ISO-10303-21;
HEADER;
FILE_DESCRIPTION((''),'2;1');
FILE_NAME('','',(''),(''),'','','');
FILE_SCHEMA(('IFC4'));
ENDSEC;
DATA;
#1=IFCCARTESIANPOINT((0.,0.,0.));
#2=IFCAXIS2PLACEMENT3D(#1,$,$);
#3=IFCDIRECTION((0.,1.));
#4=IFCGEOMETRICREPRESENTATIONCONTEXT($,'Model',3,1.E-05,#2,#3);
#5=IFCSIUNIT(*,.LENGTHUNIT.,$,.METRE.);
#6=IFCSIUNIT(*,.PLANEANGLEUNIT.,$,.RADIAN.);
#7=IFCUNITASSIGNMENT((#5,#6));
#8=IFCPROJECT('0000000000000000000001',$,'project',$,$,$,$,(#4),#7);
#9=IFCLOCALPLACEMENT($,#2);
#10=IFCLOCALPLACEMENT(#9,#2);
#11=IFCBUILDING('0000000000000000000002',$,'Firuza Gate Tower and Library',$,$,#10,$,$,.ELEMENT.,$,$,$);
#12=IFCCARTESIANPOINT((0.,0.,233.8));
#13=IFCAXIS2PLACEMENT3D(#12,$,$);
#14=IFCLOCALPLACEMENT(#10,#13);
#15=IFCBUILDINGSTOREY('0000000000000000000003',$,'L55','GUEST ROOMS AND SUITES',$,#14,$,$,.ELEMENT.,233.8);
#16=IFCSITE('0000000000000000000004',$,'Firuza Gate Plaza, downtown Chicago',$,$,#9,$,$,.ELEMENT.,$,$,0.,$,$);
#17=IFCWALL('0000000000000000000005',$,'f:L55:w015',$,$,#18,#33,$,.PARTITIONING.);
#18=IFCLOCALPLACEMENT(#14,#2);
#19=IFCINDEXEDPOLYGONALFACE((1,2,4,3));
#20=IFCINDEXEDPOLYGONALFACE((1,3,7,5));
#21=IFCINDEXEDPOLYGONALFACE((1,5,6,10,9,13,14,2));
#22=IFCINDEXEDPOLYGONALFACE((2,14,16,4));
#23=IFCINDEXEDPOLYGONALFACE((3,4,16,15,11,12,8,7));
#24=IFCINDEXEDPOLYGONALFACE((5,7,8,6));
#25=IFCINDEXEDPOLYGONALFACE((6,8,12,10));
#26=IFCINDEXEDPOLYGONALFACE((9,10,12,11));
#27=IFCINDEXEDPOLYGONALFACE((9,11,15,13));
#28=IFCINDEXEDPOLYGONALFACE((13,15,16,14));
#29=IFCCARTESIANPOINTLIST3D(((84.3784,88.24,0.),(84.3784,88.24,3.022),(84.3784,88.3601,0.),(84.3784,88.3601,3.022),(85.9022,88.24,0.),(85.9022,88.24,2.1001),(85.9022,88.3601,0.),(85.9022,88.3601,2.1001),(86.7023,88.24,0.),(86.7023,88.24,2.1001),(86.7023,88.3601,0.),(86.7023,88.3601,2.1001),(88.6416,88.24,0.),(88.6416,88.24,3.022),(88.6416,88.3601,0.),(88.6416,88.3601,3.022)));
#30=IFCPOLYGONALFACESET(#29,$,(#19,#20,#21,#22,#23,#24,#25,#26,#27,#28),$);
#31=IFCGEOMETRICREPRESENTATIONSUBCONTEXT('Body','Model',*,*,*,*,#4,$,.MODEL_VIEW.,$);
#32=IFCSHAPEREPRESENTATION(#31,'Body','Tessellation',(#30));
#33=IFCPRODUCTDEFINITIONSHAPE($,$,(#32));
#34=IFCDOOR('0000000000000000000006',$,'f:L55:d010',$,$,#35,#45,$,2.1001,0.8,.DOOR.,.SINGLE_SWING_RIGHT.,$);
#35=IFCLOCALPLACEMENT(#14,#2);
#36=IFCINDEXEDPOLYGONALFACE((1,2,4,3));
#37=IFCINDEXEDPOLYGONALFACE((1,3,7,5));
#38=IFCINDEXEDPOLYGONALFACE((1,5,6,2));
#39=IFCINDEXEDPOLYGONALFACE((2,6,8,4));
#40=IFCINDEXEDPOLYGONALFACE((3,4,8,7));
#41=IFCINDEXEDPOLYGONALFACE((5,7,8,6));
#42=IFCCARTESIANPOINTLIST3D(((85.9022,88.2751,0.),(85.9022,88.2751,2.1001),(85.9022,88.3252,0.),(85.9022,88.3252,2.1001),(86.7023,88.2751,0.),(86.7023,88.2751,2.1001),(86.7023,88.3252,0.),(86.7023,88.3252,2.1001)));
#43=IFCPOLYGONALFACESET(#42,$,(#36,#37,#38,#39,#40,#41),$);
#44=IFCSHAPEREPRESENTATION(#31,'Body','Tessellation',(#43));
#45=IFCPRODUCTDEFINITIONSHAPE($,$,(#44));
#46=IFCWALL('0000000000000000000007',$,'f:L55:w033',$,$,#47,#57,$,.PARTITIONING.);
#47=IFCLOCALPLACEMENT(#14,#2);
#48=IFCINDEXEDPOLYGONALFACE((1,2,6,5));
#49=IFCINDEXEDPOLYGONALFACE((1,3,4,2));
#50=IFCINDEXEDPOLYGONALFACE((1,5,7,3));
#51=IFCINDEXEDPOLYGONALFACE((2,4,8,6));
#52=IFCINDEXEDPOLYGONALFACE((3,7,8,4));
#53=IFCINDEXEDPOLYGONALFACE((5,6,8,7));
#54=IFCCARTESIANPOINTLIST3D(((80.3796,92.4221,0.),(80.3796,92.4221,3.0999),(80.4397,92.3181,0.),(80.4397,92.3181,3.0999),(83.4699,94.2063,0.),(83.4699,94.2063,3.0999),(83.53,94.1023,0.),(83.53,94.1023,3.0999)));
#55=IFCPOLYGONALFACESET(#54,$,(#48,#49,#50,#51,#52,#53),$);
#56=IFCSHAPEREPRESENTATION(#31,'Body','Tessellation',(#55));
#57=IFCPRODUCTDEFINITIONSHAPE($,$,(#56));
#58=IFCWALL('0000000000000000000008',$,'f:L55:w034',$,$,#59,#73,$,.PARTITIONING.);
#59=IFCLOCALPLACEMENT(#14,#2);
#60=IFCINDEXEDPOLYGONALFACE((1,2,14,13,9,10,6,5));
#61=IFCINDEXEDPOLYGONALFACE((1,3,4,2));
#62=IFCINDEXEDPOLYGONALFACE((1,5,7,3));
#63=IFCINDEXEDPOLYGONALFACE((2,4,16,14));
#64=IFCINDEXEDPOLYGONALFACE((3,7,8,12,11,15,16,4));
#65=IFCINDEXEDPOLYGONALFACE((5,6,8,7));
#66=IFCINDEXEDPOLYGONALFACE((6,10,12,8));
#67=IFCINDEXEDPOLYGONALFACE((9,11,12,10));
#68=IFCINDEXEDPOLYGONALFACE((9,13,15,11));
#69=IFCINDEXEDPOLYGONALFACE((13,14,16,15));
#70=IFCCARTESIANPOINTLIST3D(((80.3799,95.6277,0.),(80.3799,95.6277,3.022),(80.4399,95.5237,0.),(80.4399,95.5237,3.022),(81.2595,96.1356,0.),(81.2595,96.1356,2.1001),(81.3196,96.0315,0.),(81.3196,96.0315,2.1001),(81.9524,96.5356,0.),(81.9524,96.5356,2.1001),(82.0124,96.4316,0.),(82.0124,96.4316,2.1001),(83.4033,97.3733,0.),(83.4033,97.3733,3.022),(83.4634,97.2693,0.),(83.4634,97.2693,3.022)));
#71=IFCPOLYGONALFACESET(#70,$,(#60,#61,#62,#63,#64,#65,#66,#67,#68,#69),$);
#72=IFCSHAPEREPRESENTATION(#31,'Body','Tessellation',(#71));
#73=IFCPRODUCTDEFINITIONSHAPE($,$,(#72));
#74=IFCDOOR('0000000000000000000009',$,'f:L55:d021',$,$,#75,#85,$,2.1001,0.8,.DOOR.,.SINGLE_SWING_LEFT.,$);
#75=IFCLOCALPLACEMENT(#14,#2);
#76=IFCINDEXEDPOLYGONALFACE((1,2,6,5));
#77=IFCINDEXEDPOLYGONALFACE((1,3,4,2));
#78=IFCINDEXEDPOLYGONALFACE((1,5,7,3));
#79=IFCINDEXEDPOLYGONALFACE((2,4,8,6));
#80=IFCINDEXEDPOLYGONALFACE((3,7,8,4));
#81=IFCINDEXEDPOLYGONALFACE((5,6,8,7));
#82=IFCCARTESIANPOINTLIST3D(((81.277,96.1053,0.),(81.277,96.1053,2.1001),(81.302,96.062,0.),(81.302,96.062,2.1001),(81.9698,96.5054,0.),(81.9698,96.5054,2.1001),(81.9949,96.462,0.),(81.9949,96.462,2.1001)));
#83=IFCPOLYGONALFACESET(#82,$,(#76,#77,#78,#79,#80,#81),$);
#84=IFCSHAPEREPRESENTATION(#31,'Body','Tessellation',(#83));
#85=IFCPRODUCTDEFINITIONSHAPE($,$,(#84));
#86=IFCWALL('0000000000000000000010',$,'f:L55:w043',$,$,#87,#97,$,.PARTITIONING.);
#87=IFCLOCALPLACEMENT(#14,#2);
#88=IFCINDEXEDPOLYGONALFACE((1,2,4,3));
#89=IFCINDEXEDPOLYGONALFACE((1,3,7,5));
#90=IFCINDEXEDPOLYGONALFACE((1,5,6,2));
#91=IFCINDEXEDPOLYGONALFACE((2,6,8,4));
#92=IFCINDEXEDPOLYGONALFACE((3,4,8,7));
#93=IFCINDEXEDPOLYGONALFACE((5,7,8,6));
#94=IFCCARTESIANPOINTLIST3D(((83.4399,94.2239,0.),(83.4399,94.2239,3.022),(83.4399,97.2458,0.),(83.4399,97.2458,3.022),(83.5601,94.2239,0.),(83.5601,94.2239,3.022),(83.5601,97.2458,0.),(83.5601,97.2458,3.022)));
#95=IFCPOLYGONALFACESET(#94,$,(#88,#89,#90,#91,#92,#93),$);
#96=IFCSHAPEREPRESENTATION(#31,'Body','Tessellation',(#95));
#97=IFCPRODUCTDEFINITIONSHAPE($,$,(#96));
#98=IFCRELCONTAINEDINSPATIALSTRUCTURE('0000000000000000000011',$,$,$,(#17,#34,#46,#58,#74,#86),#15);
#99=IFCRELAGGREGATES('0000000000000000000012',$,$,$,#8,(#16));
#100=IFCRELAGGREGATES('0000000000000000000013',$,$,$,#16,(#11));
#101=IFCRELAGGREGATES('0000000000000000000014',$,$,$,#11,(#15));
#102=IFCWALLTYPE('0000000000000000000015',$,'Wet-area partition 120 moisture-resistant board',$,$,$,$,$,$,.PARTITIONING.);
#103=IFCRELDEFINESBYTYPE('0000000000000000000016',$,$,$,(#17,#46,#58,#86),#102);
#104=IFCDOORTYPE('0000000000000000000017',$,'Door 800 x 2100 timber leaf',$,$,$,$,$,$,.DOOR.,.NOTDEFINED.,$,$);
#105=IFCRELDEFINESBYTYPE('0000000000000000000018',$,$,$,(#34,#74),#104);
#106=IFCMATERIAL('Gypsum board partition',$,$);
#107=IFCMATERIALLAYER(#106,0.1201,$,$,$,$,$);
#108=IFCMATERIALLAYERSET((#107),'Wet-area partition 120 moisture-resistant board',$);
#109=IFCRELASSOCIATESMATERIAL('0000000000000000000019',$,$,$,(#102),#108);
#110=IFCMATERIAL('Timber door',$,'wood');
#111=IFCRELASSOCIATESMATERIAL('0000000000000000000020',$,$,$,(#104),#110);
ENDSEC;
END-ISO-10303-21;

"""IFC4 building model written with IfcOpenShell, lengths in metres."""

from ifc_helpers import new_model, si_unit, direction, frame, frame_2d, origin, place, context, subcontext, project, spatial, rectangle, extrude, material, layer, layer_set, type_object, element, fill, save


model = new_model("IFC4")

# Units and contexts
model_context = context("Model", 3, precision=1e-05, world=origin(), true_north=direction((0.0, 1.0)))
body_context = subcontext(model_context, "Body", "Model", "MODEL_VIEW")
ifc_project = project(units=[si_unit("LENGTHUNIT", "METRE"), si_unit("PLANEANGLEUNIT", "RADIAN")], contexts=[model_context])

# Site, building, storey
site_placement = place(None, origin())
site = spatial("IfcSite", under=ifc_project, at=site_placement, Name="Firuza Gate Plaza, downtown Chicago", CompositionType="ELEMENT", RefElevation=0.0)
building_placement = place(site_placement, origin())
building = spatial("IfcBuilding", under=site, at=building_placement, Name="Firuza Gate Tower and Library", CompositionType="ELEMENT")
storey_placement = place(building_placement, frame((0.0, 0.0, 233.8)))
storey = spatial("IfcBuildingStorey", under=building, at=storey_placement, Name="L55", Description="GUEST ROOMS AND SUITES", CompositionType="ELEMENT", Elevation=233.8)

# Wall, opening, door
ifc_material_1 = material(Name="Gypsum board partition")
ifc_layer_1 = layer(ifc_material_1, 0.1201)
ifc_layer_set_1 = layer_set([ifc_layer_1], Name="Wet-area partition 120 moisture-resistant board")
wall_type_1 = type_object("IfcWallType", Name="Wet-area partition 120 moisture-resistant board", PredefinedType="PARTITIONING", material=ifc_layer_set_1)
wall_1_placement = place(storey_placement, frame((88.6416, 88.3, 0.0), z_axis=(0.0, 0.0, 1.0), x_axis=(-1.0, 0.0, 0.0)))
wall_1 = element("IfcWall", 1, at=wall_1_placement, inside=storey, type_object=wall_type_1, Name="f:L55:w015", PredefinedType="PARTITIONING", context=body_context, shape_type="SweptSolid", body=[
    extrude(rectangle(XDim=4.2632, YDim=0.1201, at=frame_2d((2.1316, 0.0))), origin(), (0.0, 0.0, 1.0), 3.022),
])
opening_1_placement = place(wall_1_placement, frame((1.9395, 0.0, 0.0)))
opening_1 = element("IfcOpeningElement", 2, at=opening_1_placement, cuts=wall_1, PredefinedType="OPENING", context=body_context, shape_type="SweptSolid", body=[
    extrude(rectangle(XDim=0.8, YDim=2.1001, at=frame_2d((0.3999, 1.05))), frame((0.0, 0.0701, 0.0), z_axis=(0.0, -1.0, 0.0), x_axis=(1.0, 0.0, 0.0)), (0.0, 0.0, 1.0), 0.1401),
])
ifc_material_2 = material(Name="Timber door", Category="wood")
door_type_1 = type_object("IfcDoorType", Name="Door 800 x 2100 timber leaf", OperationType="NOTDEFINED", PredefinedType="DOOR", material=ifc_material_2)
door_1_placement = place(opening_1_placement, origin())
door_1 = element("IfcDoor", 3, at=door_1_placement, inside=storey, type_object=door_type_1, Name="f:L55:d010", OperationType="SINGLE_SWING_RIGHT", OverallHeight=2.1001, OverallWidth=0.8, PredefinedType="DOOR", context=body_context, shape_type="SweptSolid", body=[
    extrude(rectangle(XDim=0.8, YDim=2.1001, at=frame_2d((0.3999, 1.05))), frame((0.0, 0.0249, 0.0), z_axis=(0.0, -1.0, 0.0), x_axis=(1.0, 0.0, 0.0)), (0.0, 0.0, 1.0), 0.05),
])
fill(opening_1, door_1)

# Wall
wall_2_placement = place(storey_placement, frame((80.4097, 92.3701, 0.0), z_axis=(0.0, 0.0, 1.0), x_axis=(0.866028, 0.499995, 0.0)))
element("IfcWall", 4, at=wall_2_placement, inside=storey, type_object=wall_type_1, Name="f:L55:w033", PredefinedType="PARTITIONING", context=body_context, shape_type="SweptSolid", body=[
    extrude(rectangle(XDim=3.5684, YDim=0.1201, at=frame_2d((1.7842, 0.0))), origin(), (0.0, 0.0, 1.0), 3.0999),
])

# Wall, opening, door
wall_3_placement = place(storey_placement, frame((83.4333, 97.3213, 0.0), z_axis=(0.0, 0.0, 1.0), x_axis=(-0.866023, -0.500005, 0.0)))
wall_3 = element("IfcWall", 5, at=wall_3_placement, inside=storey, type_object=wall_type_1, Name="f:L55:w034", PredefinedType="PARTITIONING", context=body_context, shape_type="SweptSolid", body=[
    extrude(rectangle(XDim=3.4912, YDim=0.1201, at=frame_2d((1.7456, 0.0))), origin(), (0.0, 0.0, 1.0), 3.022),
])
opening_2_placement = place(wall_3_placement, frame((1.6755, 0.0, 0.0)))
opening_2 = element("IfcOpeningElement", 6, at=opening_2_placement, cuts=wall_3, PredefinedType="OPENING", context=body_context, shape_type="SweptSolid", body=[
    extrude(rectangle(XDim=0.8, YDim=2.1001, at=frame_2d((0.3999, 1.05))), frame((0.0, 0.0701, 0.0), z_axis=(0.0, -1.0, 0.0), x_axis=(1.0, 0.0, 0.0)), (0.0, 0.0, 1.0), 0.1401),
])
door_2_placement = place(opening_2_placement, origin())
door_2 = element("IfcDoor", 7, at=door_2_placement, inside=storey, type_object=door_type_1, Name="f:L55:d021", OperationType="SINGLE_SWING_LEFT", OverallHeight=2.1001, OverallWidth=0.8, PredefinedType="DOOR", context=body_context, shape_type="SweptSolid", body=[
    extrude(rectangle(XDim=0.8, YDim=2.1001, at=frame_2d((0.3999, 1.05))), frame((0.0, 0.0249, 0.0), z_axis=(0.0, -1.0, 0.0), x_axis=(1.0, 0.0, 0.0)), (0.0, 0.0, 1.0), 0.05),
])
fill(opening_2, door_2)

# Wall
wall_4_placement = place(storey_placement, frame((83.5, 94.2239, 0.0), z_axis=(0.0, 0.0, 1.0), x_axis=(0.0, 1.0, 0.0)))
element("IfcWall", 8, at=wall_4_placement, inside=storey, type_object=wall_type_1, Name="f:L55:w043", PredefinedType="PARTITIONING", context=body_context, shape_type="SweptSolid", body=[
    extrude(rectangle(XDim=3.022, YDim=0.1201, at=frame_2d((1.511, 0.0))), origin(), (0.0, 0.0, 1.0), 3.022),
])

save(model, "model.ifc")
